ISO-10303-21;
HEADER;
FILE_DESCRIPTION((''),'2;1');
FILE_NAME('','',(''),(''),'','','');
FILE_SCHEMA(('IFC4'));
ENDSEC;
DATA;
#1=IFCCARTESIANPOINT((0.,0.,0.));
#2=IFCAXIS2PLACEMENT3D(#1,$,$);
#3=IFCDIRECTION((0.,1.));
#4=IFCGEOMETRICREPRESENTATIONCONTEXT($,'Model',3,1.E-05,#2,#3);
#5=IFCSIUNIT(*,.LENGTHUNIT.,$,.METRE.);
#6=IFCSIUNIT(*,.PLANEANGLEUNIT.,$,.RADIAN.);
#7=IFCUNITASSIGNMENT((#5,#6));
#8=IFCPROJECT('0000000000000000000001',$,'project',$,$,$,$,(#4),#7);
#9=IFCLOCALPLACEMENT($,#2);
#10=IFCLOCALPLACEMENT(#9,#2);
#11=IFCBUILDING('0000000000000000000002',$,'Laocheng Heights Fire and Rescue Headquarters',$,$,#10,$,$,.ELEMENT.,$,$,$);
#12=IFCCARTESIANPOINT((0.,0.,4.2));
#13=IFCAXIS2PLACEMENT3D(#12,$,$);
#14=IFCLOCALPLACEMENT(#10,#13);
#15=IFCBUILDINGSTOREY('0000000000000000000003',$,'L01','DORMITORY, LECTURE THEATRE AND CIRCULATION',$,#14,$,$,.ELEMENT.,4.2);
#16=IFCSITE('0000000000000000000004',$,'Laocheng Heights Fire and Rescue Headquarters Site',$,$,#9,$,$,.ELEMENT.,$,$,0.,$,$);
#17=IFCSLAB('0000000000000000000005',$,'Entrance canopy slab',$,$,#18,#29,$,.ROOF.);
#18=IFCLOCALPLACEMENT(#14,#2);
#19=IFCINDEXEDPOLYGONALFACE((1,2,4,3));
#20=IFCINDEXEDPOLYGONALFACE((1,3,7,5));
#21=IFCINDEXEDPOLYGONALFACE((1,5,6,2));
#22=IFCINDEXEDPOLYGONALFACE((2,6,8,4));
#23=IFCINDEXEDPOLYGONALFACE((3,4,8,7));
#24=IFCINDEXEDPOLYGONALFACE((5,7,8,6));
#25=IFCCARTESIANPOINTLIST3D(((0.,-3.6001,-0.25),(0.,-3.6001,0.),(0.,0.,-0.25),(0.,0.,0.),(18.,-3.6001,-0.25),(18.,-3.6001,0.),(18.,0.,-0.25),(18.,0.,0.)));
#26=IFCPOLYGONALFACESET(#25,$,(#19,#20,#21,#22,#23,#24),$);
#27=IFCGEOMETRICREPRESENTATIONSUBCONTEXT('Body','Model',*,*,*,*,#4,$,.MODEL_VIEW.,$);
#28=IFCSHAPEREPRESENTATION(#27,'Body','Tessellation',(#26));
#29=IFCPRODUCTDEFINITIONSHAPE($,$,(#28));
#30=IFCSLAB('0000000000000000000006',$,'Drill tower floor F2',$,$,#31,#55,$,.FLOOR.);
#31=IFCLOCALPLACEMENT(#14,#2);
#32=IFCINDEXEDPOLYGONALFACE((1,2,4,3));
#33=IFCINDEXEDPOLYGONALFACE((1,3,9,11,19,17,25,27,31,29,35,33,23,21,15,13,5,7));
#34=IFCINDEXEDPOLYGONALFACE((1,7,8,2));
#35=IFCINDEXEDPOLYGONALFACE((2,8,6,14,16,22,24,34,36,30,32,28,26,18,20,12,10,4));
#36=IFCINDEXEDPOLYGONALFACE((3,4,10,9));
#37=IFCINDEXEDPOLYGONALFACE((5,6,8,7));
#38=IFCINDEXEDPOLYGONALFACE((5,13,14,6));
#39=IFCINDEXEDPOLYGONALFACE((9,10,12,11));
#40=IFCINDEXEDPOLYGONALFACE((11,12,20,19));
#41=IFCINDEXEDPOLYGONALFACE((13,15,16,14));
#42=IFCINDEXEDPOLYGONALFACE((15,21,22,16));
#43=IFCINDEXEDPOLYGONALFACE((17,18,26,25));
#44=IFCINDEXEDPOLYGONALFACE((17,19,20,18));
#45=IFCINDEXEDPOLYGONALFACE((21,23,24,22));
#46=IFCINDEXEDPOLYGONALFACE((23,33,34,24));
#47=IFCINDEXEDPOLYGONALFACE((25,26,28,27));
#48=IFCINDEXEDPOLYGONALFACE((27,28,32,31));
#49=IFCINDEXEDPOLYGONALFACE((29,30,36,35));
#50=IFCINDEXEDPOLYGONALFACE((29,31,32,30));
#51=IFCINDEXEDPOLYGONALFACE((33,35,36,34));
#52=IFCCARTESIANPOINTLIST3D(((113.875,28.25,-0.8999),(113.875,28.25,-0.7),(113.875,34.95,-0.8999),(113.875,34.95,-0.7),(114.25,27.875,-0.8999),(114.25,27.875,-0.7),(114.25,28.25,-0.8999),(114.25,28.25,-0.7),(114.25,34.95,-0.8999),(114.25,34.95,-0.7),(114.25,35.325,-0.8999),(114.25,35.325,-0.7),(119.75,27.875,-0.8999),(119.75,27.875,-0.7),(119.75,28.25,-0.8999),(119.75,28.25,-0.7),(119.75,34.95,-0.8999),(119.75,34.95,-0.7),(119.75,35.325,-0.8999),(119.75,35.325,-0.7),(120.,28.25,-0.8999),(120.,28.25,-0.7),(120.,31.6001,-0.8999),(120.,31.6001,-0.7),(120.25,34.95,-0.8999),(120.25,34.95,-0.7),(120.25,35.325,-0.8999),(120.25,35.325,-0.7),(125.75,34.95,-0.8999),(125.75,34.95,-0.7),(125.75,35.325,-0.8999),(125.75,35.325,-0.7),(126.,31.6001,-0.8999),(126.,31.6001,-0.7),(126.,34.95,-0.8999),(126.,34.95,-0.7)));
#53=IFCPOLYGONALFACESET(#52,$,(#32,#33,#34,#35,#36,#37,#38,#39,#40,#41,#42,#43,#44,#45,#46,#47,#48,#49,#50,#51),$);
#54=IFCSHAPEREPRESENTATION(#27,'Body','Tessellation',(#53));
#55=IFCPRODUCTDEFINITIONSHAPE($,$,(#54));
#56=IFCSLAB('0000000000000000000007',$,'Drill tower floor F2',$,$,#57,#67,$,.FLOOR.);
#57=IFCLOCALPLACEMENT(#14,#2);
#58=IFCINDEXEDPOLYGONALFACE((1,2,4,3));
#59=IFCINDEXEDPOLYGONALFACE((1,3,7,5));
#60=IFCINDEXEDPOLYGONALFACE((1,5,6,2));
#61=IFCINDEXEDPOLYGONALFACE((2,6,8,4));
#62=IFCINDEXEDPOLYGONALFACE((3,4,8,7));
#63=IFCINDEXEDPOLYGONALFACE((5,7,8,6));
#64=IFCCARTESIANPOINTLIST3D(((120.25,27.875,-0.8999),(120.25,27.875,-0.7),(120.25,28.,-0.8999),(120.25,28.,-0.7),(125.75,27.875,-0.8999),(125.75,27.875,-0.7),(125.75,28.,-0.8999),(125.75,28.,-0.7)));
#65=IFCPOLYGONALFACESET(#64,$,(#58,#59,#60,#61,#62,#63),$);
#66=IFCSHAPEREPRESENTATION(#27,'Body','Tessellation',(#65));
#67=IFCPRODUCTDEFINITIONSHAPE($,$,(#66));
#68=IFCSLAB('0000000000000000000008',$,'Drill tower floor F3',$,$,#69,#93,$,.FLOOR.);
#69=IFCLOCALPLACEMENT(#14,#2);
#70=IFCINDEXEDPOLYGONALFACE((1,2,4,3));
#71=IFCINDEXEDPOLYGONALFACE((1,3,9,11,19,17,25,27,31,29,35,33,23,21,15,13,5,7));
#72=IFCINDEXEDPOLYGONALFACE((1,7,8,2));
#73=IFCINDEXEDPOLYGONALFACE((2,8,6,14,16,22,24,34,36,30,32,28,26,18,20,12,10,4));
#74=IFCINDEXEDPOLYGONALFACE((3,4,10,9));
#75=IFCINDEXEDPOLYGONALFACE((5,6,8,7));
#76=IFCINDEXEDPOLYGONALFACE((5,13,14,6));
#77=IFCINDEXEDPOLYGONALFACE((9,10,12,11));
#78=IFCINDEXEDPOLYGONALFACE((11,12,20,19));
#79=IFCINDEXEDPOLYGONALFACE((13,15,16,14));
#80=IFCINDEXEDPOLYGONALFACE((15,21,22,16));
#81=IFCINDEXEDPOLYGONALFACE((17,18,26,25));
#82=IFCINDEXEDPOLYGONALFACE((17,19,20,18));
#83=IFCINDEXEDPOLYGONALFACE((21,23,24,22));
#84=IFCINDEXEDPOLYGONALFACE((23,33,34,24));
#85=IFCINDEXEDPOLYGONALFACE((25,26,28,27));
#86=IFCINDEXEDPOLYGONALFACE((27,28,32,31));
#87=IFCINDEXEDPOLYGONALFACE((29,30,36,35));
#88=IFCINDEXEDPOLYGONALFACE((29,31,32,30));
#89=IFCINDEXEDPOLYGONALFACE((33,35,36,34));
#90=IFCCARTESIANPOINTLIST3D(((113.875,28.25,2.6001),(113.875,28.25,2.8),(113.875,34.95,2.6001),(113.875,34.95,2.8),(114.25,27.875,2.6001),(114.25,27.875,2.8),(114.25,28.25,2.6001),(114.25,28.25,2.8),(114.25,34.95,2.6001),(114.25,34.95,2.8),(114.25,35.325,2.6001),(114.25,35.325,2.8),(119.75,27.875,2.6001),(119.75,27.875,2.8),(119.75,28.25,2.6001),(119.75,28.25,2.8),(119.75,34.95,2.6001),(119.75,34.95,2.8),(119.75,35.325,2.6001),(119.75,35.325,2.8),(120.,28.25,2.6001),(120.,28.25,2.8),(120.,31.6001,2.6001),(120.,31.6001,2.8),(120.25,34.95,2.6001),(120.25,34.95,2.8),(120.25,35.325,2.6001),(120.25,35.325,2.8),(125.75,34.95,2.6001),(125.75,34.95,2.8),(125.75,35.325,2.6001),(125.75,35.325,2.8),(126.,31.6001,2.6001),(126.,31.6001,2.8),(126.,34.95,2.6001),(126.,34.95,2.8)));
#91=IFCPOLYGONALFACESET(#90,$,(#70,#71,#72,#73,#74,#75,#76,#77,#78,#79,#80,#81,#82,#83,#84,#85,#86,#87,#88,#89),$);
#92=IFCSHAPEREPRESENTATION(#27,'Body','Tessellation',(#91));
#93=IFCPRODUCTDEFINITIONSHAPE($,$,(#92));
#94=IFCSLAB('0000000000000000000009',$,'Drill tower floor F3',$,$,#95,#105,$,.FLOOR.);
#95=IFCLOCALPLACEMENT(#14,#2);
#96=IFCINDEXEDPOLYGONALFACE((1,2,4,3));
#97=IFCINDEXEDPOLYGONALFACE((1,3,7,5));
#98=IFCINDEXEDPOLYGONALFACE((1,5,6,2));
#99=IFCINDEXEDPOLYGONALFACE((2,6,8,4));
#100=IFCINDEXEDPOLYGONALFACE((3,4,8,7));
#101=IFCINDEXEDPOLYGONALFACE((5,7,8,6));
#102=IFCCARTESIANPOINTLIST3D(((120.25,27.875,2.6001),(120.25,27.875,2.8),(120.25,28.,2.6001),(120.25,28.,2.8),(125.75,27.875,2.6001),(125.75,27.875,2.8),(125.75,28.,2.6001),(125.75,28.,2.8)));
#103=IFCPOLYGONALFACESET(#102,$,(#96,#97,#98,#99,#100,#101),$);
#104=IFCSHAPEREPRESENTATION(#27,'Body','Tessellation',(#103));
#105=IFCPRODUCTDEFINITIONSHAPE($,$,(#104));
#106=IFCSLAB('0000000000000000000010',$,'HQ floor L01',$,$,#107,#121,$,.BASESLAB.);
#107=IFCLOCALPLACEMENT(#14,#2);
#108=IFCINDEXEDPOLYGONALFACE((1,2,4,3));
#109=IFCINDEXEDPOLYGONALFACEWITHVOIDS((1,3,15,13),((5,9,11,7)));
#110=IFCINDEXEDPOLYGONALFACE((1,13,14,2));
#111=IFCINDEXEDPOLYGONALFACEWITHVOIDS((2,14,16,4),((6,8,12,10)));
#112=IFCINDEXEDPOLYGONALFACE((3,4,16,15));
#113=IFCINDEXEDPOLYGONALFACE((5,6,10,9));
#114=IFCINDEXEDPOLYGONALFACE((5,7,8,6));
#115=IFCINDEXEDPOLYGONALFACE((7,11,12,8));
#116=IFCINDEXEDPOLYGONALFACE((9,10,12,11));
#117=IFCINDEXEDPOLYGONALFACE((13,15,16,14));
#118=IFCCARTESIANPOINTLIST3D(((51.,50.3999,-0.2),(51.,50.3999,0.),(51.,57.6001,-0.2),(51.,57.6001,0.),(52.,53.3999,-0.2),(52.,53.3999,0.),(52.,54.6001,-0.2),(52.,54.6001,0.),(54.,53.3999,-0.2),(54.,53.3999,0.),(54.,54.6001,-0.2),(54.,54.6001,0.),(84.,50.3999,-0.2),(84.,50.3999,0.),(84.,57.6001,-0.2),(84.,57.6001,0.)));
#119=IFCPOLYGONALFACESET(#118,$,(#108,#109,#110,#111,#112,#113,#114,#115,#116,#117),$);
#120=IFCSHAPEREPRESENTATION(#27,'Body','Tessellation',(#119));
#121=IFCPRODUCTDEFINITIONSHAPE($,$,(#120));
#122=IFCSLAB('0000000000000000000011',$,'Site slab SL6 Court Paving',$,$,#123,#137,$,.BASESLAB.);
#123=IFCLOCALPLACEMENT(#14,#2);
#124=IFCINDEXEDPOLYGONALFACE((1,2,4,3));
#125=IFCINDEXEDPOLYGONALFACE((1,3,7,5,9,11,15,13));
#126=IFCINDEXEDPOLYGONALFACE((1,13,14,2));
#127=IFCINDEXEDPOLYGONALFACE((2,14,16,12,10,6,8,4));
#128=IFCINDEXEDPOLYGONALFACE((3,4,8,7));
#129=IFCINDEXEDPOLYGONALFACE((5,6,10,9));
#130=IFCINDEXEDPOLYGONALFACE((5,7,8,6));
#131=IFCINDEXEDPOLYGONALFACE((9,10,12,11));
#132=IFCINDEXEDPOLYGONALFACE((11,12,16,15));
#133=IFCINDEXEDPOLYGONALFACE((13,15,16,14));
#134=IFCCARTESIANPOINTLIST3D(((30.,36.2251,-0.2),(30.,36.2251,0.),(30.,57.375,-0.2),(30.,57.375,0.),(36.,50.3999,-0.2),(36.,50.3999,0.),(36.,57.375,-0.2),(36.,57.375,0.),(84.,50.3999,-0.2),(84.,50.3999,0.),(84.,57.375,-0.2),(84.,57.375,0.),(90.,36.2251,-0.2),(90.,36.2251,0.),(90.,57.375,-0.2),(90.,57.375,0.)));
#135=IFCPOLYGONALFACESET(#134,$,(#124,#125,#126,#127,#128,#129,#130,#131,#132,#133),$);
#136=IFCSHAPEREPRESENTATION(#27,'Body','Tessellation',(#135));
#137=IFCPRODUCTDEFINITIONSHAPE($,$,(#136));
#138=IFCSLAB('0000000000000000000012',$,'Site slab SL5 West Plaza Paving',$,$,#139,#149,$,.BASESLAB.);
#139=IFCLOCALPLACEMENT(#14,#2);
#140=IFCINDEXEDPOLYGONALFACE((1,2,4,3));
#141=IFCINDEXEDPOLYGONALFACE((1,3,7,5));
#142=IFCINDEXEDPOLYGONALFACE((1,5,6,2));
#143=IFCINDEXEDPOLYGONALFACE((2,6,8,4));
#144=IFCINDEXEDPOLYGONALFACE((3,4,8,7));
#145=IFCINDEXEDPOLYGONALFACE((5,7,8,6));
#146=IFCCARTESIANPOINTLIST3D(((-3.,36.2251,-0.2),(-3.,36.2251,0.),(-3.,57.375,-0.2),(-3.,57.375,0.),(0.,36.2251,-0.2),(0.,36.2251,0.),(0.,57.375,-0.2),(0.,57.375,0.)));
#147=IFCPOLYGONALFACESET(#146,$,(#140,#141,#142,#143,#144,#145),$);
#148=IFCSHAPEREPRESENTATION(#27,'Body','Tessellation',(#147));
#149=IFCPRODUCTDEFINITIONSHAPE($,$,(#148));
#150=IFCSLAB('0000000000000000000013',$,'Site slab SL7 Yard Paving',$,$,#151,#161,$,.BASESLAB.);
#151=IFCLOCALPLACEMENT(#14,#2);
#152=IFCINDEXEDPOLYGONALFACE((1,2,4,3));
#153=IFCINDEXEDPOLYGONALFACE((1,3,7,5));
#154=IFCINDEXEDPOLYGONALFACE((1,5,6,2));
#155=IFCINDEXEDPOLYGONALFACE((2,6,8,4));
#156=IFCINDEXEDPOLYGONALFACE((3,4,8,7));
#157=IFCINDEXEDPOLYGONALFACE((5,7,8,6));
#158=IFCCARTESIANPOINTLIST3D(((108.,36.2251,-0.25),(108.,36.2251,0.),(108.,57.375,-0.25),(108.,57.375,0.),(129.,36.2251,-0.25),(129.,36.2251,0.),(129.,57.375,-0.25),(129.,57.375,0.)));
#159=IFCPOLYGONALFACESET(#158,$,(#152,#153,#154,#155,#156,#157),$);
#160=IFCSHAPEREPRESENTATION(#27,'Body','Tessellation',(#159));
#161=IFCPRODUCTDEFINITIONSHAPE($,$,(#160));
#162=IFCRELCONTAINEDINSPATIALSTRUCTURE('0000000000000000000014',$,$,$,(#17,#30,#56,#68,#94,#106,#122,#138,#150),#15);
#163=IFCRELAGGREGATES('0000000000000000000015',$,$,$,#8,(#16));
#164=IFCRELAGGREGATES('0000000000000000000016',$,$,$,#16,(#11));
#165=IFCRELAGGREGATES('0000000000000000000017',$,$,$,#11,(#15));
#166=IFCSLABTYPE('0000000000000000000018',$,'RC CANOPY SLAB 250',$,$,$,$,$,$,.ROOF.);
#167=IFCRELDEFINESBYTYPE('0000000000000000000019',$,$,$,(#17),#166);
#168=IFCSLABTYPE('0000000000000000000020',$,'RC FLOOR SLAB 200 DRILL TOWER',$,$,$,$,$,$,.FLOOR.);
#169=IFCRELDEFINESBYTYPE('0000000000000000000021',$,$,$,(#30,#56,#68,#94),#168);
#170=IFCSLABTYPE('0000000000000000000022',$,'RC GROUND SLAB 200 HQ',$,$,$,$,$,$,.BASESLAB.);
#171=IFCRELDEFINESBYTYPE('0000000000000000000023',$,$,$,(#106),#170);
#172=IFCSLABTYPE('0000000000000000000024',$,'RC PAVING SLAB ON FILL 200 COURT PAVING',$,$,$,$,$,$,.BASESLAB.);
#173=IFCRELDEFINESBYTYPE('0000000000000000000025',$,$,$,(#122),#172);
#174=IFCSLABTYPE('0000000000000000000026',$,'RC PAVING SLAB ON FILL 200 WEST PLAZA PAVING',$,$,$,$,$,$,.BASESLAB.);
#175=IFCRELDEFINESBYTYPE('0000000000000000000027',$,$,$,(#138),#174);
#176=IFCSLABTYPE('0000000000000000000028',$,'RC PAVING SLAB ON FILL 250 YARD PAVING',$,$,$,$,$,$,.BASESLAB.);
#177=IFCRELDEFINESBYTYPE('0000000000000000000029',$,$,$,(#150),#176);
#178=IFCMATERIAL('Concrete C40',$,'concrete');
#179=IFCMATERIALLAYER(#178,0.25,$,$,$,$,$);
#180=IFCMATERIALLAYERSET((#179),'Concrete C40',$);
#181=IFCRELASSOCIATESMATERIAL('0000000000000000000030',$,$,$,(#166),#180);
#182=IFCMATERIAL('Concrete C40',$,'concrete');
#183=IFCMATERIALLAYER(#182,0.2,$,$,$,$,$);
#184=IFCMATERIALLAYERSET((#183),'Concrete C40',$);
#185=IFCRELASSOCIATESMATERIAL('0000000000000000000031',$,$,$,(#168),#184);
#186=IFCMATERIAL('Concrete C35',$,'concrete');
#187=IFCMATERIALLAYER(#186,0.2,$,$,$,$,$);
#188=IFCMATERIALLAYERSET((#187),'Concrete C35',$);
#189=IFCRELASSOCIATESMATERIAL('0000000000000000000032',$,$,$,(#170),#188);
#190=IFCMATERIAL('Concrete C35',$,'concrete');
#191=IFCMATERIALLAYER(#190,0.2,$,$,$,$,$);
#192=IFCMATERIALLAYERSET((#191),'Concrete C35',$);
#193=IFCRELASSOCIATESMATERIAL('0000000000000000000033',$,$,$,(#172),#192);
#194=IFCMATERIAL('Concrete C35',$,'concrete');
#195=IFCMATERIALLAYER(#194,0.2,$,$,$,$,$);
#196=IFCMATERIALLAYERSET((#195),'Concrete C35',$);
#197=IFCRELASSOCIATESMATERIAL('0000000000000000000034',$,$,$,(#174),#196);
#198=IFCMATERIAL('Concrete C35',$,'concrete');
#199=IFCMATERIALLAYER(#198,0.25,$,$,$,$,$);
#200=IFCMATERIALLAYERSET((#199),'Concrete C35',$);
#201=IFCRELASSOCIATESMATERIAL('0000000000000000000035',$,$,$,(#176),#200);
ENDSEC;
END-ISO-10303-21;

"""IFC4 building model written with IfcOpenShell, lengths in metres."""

from ifc_helpers import new_model, si_unit, direction, frame, origin, place, context, subcontext, project, spatial, polyline, outline, extrude, material, layer, layer_set, type_object, element, save


model = new_model("IFC4")

# Units and contexts
model_context = context("Model", 3, precision=1e-05, world=origin(), true_north=direction((0.0, 1.0)))
body_context = subcontext(model_context, "Body", "Model", "MODEL_VIEW")
ifc_project = project(units=[si_unit("LENGTHUNIT", "METRE"), si_unit("PLANEANGLEUNIT", "RADIAN")], contexts=[model_context])

# Site, building, storey
site_placement = place(None, origin())
site = spatial("IfcSite", under=ifc_project, at=site_placement, Name="Laocheng Heights Fire and Rescue Headquarters Site", CompositionType="ELEMENT", RefElevation=0.0)
building_placement = place(site_placement, origin())
building = spatial("IfcBuilding", under=site, at=building_placement, Name="Laocheng Heights Fire and Rescue Headquarters", CompositionType="ELEMENT")
storey_placement = place(building_placement, frame((0.0, 0.0, 4.2)))
storey = spatial("IfcBuildingStorey", under=building, at=storey_placement, Name="L01", Description="DORMITORY, LECTURE THEATRE AND CIRCULATION", CompositionType="ELEMENT", Elevation=4.2)

# Slabs
ifc_material_1 = material(Name="Concrete C40", Category="concrete")
ifc_layer_1 = layer(ifc_material_1, 0.25)
ifc_layer_set_1 = layer_set([ifc_layer_1], Name="Concrete C40")
slab_type_1 = type_object("IfcSlabType", Name="RC CANOPY SLAB 250", PredefinedType="ROOF", material=ifc_layer_set_1)
slab_1_placement = place(storey_placement, frame((0.0, 0.0, -0.25)))
element("IfcSlab", 1, at=slab_1_placement, inside=storey, type_object=slab_type_1, Name="Entrance canopy slab", PredefinedType="ROOF", context=body_context, shape_type="SweptSolid", body=[
    extrude(outline(polyline([(18.0, -3.6001), (18.0, 0.0), (0.0, 0.0), (0.0, -3.6001), (18.0, -3.6001)])), origin(), (0.0, 0.0, 1.0), 0.25),
])
ifc_material_2 = material(Name="Concrete C40", Category="concrete")
ifc_layer_2 = layer(ifc_material_2, 0.2)
ifc_layer_set_2 = layer_set([ifc_layer_2], Name="Concrete C40")
slab_type_2 = type_object("IfcSlabType", Name="RC FLOOR SLAB 200 DRILL TOWER", PredefinedType="FLOOR", material=ifc_layer_set_2)
slab_2_placement = place(storey_placement, frame((0.0, 0.0, -0.8999)))
element("IfcSlab", 2, at=slab_2_placement, inside=storey, type_object=slab_type_2, Name="Drill tower floor F2", PredefinedType="FLOOR", context=body_context, shape_type="SweptSolid", body=[
    extrude(outline(polyline([(126.0, 31.6001), (126.0, 34.95), (125.75, 34.95), (125.75, 35.325), (120.25, 35.325), (120.25, 34.95), (119.75, 34.95), (119.75, 35.325), (114.25, 35.325), (114.25, 34.95), (113.875, 34.95), (113.875, 28.25), (114.25, 28.25), (114.25, 27.875), (119.75, 27.875), (119.75, 28.25), (120.0, 28.25), (120.0, 31.6001), (126.0, 31.6001)])), origin(), (0.0, 0.0, 1.0), 0.2),
])
slab_3_placement = place(storey_placement, frame((0.0, 0.0, -0.8999)))
element("IfcSlab", 3, at=slab_3_placement, inside=storey, type_object=slab_type_2, Name="Drill tower floor F2", PredefinedType="FLOOR", context=body_context, shape_type="SweptSolid", body=[
    extrude(outline(polyline([(120.25, 27.875), (125.75, 27.875), (125.75, 28.0), (120.25, 28.0), (120.25, 27.875)])), origin(), (0.0, 0.0, 1.0), 0.2),
])
slab_4_placement = place(storey_placement, frame((0.0, 0.0, 2.6001)))
element("IfcSlab", 4, at=slab_4_placement, inside=storey, type_object=slab_type_2, Name="Drill tower floor F3", PredefinedType="FLOOR", context=body_context, shape_type="SweptSolid", body=[
    extrude(outline(polyline([(126.0, 31.6001), (126.0, 34.95), (125.75, 34.95), (125.75, 35.325), (120.25, 35.325), (120.25, 34.95), (119.75, 34.95), (119.75, 35.325), (114.25, 35.325), (114.25, 34.95), (113.875, 34.95), (113.875, 28.25), (114.25, 28.25), (114.25, 27.875), (119.75, 27.875), (119.75, 28.25), (120.0, 28.25), (120.0, 31.6001), (126.0, 31.6001)])), origin(), (0.0, 0.0, 1.0), 0.2),
])
slab_5_placement = place(storey_placement, frame((0.0, 0.0, 2.6001)))
element("IfcSlab", 5, at=slab_5_placement, inside=storey, type_object=slab_type_2, Name="Drill tower floor F3", PredefinedType="FLOOR", context=body_context, shape_type="SweptSolid", body=[
    extrude(outline(polyline([(120.25, 27.875), (125.75, 27.875), (125.75, 28.0), (120.25, 28.0), (120.25, 27.875)])), origin(), (0.0, 0.0, 1.0), 0.2),
])
ifc_material_3 = material(Name="Concrete C35", Category="concrete")
ifc_layer_3 = layer(ifc_material_3, 0.2)
ifc_layer_set_3 = layer_set([ifc_layer_3], Name="Concrete C35")
slab_type_3 = type_object("IfcSlabType", Name="RC GROUND SLAB 200 HQ", PredefinedType="BASESLAB", material=ifc_layer_set_3)
slab_6_placement = place(storey_placement, frame((0.0, 0.0, -0.2)))
element("IfcSlab", 6, at=slab_6_placement, inside=storey, type_object=slab_type_3, Name="HQ floor L01", PredefinedType="BASESLAB", context=body_context, shape_type="SweptSolid", body=[
    extrude(outline(polyline([(84.0, 57.6001), (51.0, 57.6001), (51.0, 50.3999), (84.0, 50.3999), (84.0, 57.6001)]), holes=[polyline([(54.0, 54.6001), (54.0, 53.3999), (52.0, 53.3999), (52.0, 54.6001), (54.0, 54.6001)])]), origin(), (0.0, 0.0, 1.0), 0.2),
])
ifc_material_4 = material(Name="Concrete C35", Category="concrete")
ifc_layer_4 = layer(ifc_material_4, 0.2)
ifc_layer_set_4 = layer_set([ifc_layer_4], Name="Concrete C35")
slab_type_4 = type_object("IfcSlabType", Name="RC PAVING SLAB ON FILL 200 COURT PAVING", PredefinedType="BASESLAB", material=ifc_layer_set_4)
slab_7_placement = place(storey_placement, frame((0.0, 0.0, -0.2)))
element("IfcSlab", 7, at=slab_7_placement, inside=storey, type_object=slab_type_4, Name="Site slab SL6 Court Paving", PredefinedType="BASESLAB", context=body_context, shape_type="SweptSolid", body=[
    extrude(outline(polyline([(30.0, 36.2251), (90.0, 36.2251), (90.0, 57.375), (84.0, 57.375), (84.0, 50.3999), (36.0, 50.3999), (36.0, 57.375), (30.0, 57.375), (30.0, 36.2251)])), origin(), (0.0, 0.0, 1.0), 0.2),
])
ifc_material_5 = material(Name="Concrete C35", Category="concrete")
ifc_layer_5 = layer(ifc_material_5, 0.2)
ifc_layer_set_5 = layer_set([ifc_layer_5], Name="Concrete C35")
slab_type_5 = type_object("IfcSlabType", Name="RC PAVING SLAB ON FILL 200 WEST PLAZA PAVING", PredefinedType="BASESLAB", material=ifc_layer_set_5)
slab_8_placement = place(storey_placement, frame((0.0, 0.0, -0.2)))
element("IfcSlab", 8, at=slab_8_placement, inside=storey, type_object=slab_type_5, Name="Site slab SL5 West Plaza Paving", PredefinedType="BASESLAB", context=body_context, shape_type="SweptSolid", body=[
    extrude(outline(polyline([(0.0, 36.2251), (0.0, 57.375), (-3.0, 57.375), (-3.0, 36.2251), (0.0, 36.2251)])), origin(), (0.0, 0.0, 1.0), 0.2),
])
ifc_material_6 = material(Name="Concrete C35", Category="concrete")
ifc_layer_6 = layer(ifc_material_6, 0.25)
ifc_layer_set_6 = layer_set([ifc_layer_6], Name="Concrete C35")
slab_type_6 = type_object("IfcSlabType", Name="RC PAVING SLAB ON FILL 250 YARD PAVING", PredefinedType="BASESLAB", material=ifc_layer_set_6)
slab_9_placement = place(storey_placement, frame((0.0, 0.0, -0.25)))
element("IfcSlab", 9, at=slab_9_placement, inside=storey, type_object=slab_type_6, Name="Site slab SL7 Yard Paving", PredefinedType="BASESLAB", context=body_context, shape_type="SweptSolid", body=[
    extrude(outline(polyline([(129.0, 36.2251), (129.0, 57.375), (108.0, 57.375), (108.0, 36.2251), (129.0, 36.2251)])), origin(), (0.0, 0.0, 1.0), 0.25),
])

save(model, "model.ifc")
